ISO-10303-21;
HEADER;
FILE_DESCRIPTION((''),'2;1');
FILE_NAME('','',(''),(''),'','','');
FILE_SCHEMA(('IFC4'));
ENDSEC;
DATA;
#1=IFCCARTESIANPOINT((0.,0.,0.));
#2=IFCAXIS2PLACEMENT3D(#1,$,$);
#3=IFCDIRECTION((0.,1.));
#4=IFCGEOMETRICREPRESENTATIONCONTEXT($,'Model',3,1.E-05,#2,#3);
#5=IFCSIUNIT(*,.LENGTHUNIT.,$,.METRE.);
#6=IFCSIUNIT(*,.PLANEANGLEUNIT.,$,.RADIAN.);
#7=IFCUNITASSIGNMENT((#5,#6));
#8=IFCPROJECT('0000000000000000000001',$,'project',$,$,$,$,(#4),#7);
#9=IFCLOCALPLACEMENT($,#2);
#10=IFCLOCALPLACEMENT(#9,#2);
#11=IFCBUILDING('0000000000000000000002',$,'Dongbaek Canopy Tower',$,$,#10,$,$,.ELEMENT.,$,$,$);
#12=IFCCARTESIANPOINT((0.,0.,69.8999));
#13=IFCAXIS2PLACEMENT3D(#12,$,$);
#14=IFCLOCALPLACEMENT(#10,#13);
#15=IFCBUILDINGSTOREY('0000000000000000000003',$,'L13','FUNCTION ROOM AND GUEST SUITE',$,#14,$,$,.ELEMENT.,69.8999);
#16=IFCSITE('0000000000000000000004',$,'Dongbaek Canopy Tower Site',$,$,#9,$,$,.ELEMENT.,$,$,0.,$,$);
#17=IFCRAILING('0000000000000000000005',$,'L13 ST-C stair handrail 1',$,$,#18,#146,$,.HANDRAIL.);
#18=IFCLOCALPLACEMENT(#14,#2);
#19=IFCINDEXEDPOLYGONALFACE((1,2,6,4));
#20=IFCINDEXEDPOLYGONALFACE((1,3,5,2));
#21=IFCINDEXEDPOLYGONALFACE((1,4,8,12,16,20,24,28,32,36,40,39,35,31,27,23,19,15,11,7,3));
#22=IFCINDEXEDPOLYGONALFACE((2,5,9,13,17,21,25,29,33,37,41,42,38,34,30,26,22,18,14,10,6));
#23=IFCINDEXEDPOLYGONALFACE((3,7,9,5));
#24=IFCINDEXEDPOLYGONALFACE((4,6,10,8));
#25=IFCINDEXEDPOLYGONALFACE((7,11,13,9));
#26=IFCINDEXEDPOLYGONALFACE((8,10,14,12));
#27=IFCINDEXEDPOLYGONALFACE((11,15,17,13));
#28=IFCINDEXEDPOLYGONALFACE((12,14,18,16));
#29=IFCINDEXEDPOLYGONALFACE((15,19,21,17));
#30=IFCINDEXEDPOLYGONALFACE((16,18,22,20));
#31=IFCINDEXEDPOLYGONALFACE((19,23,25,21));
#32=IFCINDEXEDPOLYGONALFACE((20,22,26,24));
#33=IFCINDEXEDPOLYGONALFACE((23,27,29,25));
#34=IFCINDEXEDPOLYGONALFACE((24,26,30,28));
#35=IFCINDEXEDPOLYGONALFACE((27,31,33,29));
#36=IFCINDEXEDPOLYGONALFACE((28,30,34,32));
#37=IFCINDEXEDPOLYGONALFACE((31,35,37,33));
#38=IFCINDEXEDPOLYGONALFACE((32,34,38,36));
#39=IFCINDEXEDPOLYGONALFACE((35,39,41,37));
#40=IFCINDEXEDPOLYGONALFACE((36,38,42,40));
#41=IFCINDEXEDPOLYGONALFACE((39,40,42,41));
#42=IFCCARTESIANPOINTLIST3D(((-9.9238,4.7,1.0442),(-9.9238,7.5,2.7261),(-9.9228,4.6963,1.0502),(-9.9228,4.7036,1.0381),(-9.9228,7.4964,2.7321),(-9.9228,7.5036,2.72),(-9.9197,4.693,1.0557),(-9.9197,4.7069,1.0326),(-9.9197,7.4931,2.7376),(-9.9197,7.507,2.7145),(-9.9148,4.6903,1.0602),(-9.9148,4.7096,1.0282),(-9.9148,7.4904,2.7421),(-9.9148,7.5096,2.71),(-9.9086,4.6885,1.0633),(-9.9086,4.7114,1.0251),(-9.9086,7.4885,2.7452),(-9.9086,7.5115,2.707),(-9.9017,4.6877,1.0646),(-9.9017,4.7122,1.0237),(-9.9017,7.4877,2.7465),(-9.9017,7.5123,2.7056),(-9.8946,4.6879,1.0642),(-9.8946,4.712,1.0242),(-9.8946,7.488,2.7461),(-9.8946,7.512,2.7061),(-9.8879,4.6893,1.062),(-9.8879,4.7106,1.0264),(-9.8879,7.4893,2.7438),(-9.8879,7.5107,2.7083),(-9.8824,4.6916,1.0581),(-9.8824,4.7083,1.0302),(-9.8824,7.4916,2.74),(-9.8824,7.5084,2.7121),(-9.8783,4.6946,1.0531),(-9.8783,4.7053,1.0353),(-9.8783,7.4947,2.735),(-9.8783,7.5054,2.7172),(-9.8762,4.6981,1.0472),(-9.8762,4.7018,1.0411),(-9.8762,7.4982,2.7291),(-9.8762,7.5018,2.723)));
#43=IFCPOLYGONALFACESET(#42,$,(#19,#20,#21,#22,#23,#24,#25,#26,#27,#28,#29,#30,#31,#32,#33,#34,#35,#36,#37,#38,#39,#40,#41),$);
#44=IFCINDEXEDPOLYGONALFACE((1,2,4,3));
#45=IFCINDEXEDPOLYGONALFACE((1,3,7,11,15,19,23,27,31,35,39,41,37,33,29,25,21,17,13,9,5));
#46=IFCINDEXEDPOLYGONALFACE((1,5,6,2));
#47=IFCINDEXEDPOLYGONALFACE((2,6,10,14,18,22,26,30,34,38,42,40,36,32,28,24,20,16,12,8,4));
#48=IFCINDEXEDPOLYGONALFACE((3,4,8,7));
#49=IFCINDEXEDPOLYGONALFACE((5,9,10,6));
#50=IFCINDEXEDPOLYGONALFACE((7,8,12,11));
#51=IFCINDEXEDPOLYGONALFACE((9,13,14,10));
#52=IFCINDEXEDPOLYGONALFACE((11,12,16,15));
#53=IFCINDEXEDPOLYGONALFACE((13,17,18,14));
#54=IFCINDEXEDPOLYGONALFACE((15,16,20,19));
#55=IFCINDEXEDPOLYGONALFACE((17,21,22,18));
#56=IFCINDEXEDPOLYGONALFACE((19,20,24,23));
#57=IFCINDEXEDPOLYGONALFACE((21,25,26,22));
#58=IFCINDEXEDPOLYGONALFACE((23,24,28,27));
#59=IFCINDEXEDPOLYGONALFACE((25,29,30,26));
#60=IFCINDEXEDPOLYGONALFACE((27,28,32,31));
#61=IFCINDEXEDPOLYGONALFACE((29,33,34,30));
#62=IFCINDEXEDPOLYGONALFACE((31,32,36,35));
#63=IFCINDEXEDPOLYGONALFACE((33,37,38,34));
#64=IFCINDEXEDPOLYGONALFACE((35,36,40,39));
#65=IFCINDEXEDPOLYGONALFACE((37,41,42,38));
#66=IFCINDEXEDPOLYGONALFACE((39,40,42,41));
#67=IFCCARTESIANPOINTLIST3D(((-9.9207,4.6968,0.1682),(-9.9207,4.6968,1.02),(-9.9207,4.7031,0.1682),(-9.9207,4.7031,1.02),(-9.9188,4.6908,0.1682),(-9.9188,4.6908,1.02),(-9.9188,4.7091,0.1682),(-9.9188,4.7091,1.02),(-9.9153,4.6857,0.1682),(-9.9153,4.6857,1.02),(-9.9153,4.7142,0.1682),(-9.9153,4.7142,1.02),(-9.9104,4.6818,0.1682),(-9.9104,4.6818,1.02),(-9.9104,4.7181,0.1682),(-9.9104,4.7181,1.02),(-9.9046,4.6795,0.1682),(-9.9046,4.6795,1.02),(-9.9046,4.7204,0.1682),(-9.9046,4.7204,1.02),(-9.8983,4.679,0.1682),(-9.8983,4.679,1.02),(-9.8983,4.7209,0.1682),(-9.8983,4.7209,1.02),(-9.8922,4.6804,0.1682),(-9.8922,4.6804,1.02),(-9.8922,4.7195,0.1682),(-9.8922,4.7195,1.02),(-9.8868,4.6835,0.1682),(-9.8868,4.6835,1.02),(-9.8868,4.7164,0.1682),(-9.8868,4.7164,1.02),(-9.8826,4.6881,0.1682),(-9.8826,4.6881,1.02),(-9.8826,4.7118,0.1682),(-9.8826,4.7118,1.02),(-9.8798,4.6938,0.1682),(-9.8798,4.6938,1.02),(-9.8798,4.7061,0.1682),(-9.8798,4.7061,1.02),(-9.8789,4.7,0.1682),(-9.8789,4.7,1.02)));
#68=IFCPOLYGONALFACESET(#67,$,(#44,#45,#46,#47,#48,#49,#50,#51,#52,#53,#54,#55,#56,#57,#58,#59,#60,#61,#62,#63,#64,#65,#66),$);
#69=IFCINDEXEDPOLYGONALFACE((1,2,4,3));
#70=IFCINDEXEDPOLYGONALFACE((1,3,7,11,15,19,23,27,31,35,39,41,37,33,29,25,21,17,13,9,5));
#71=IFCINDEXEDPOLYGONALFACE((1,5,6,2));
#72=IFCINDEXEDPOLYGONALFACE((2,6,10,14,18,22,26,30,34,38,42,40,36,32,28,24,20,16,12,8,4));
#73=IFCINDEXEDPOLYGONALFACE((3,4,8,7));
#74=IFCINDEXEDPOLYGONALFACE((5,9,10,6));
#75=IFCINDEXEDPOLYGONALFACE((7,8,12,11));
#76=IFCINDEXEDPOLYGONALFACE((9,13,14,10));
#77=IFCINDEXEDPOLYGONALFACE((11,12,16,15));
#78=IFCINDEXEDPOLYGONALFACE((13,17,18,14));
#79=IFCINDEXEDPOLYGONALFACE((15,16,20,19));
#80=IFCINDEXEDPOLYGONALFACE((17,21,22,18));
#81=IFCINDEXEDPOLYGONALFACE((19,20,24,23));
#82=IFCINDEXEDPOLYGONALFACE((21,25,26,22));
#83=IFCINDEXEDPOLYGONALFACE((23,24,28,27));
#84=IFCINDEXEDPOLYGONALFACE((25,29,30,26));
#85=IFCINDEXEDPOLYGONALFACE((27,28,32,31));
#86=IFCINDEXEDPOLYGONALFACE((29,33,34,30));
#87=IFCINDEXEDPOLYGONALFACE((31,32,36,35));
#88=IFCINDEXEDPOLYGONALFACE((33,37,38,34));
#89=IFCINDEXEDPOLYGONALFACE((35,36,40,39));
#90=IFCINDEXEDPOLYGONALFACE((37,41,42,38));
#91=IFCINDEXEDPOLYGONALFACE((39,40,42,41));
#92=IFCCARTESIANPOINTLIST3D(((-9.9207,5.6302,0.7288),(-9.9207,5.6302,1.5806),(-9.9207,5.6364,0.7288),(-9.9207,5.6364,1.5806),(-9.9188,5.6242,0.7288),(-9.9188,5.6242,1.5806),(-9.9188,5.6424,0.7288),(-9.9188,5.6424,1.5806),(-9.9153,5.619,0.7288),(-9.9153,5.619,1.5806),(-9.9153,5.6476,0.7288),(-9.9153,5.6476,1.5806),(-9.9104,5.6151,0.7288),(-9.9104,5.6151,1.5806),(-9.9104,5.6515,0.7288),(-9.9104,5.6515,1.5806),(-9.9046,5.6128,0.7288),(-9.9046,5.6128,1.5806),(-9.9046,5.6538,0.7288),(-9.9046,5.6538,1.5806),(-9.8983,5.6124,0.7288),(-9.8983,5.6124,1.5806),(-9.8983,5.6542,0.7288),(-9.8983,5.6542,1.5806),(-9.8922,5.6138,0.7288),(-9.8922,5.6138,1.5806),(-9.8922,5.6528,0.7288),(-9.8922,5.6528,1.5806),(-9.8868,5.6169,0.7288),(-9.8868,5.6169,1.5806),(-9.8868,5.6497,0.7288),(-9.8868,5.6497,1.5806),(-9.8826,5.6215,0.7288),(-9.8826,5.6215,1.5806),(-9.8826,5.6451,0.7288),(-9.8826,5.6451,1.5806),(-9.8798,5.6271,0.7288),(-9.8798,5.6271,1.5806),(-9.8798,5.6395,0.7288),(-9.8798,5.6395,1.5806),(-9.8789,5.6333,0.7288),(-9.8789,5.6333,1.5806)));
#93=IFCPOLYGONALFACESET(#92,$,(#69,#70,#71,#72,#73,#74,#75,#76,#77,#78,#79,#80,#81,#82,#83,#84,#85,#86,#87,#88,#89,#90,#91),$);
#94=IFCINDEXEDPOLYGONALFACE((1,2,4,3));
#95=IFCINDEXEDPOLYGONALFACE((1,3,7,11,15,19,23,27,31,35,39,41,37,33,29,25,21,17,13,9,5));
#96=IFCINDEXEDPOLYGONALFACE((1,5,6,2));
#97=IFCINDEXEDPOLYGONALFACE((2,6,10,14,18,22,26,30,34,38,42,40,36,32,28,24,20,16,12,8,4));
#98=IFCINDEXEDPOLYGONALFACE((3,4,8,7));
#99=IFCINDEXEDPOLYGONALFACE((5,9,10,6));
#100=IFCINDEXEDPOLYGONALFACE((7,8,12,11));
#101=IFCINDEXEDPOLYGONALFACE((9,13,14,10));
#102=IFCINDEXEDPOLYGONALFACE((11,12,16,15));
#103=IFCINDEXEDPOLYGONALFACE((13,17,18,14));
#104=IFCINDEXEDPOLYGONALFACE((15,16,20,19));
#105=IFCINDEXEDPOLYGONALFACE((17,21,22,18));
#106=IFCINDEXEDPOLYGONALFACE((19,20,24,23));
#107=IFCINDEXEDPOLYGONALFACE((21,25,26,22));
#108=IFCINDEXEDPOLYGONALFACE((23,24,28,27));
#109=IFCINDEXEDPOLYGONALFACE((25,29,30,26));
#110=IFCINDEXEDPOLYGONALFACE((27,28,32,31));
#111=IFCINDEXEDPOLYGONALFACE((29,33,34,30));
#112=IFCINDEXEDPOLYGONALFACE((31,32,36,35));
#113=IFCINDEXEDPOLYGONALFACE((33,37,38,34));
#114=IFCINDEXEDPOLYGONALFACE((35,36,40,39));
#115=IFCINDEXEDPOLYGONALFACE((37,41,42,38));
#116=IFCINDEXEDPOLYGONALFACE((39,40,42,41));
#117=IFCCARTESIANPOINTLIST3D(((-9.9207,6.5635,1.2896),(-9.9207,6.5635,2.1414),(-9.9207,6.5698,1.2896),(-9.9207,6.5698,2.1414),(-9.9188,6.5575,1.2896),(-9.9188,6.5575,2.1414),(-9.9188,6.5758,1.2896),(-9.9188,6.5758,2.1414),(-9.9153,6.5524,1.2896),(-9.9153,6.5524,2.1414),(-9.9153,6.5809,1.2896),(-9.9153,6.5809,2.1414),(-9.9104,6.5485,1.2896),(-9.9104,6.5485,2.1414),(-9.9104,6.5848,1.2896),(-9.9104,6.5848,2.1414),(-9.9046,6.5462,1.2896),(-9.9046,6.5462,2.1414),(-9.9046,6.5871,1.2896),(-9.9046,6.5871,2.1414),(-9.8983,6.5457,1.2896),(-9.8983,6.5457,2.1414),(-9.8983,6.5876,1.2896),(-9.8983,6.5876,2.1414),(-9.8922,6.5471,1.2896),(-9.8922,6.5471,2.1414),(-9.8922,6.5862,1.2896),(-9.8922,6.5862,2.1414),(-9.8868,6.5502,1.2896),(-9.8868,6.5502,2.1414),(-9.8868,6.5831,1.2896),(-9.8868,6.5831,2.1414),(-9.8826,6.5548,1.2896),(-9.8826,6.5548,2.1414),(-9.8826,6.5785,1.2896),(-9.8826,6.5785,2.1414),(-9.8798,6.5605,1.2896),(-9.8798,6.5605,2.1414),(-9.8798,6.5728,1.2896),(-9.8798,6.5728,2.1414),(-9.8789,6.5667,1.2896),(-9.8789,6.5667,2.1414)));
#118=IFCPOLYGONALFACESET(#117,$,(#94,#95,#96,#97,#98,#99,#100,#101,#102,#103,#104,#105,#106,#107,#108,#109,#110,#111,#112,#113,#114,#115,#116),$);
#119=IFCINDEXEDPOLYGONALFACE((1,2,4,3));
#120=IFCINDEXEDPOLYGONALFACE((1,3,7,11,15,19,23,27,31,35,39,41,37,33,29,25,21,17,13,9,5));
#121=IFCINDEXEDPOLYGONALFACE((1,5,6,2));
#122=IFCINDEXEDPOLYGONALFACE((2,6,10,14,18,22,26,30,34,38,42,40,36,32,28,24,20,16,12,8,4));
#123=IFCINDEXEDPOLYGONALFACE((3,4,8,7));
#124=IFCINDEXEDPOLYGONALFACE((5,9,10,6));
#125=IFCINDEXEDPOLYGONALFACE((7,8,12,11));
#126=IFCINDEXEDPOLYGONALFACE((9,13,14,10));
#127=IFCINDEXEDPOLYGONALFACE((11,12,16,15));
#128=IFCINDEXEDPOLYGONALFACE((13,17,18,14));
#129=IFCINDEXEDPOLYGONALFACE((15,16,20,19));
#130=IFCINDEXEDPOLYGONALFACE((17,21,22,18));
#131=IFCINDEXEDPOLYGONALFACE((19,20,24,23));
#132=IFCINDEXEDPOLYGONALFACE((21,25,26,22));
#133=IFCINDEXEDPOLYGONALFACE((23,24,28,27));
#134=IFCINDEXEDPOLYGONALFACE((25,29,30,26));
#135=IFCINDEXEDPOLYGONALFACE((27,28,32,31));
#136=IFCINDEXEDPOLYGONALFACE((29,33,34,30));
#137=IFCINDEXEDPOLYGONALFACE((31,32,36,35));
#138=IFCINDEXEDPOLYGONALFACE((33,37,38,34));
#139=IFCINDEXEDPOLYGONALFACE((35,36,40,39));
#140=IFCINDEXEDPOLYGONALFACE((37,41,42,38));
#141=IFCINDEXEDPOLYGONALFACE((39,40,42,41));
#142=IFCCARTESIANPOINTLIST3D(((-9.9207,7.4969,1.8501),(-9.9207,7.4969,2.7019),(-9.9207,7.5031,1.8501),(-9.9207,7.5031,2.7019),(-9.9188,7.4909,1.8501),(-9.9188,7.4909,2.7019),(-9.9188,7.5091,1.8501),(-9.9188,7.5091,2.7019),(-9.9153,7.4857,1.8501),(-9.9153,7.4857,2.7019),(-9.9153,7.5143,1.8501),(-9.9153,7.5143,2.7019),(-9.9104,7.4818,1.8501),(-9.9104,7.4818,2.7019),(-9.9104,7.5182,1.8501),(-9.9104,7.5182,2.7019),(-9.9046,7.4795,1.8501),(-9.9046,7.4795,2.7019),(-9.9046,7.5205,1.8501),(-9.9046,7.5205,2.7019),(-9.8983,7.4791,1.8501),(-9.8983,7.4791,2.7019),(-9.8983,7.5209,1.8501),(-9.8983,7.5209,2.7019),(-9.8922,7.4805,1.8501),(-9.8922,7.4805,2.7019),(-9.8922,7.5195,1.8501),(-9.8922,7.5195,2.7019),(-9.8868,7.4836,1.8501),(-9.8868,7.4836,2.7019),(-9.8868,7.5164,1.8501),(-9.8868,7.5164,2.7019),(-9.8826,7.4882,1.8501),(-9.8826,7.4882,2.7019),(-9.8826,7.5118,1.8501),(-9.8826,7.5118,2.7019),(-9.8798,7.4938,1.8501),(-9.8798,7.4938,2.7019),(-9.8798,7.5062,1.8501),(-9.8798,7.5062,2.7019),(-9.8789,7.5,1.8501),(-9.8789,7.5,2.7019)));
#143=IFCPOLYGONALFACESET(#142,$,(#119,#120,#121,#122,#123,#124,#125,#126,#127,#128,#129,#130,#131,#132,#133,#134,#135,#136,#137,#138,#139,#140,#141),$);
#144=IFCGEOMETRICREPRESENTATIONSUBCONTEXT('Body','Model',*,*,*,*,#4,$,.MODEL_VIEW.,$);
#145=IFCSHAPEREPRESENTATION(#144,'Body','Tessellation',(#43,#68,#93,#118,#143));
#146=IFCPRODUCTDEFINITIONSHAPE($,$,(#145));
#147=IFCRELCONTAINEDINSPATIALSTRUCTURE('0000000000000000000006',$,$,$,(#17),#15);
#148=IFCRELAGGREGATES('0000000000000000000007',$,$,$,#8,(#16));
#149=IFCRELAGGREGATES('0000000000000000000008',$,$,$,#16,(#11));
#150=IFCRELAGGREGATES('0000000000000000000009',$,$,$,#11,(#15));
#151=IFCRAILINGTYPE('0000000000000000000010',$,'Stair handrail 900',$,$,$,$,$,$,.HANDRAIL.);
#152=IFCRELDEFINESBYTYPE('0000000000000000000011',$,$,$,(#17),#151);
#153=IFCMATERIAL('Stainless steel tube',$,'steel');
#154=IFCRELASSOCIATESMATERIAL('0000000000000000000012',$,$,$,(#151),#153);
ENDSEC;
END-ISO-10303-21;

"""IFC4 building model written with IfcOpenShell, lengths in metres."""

from ifc_helpers import new_model, si_unit, direction, frame, origin, origin_2d, place, context, subcontext, project, spatial, circle, extrude, material, type_object, element, save


model = new_model("IFC4")

# Units and contexts
model_context = context("Model", 3, precision=1e-05, world=origin(), true_north=direction((0.0, 1.0)))
body_context = subcontext(model_context, "Body", "Model", "MODEL_VIEW")
ifc_project = project(units=[si_unit("LENGTHUNIT", "METRE"), si_unit("PLANEANGLEUNIT", "RADIAN")], contexts=[model_context])

# Site, building, storey
site_placement = place(None, origin())
site = spatial("IfcSite", under=ifc_project, at=site_placement, Name="Dongbaek Canopy Tower Site", CompositionType="ELEMENT", RefElevation=0.0)
building_placement = place(site_placement, origin())
building = spatial("IfcBuilding", under=site, at=building_placement, Name="Dongbaek Canopy Tower", CompositionType="ELEMENT")
storey_placement = place(building_placement, frame((0.0, 0.0, 69.8999)))
storey = spatial("IfcBuildingStorey", under=building, at=storey_placement, Name="L13", Description="FUNCTION ROOM AND GUEST SUITE", CompositionType="ELEMENT", Elevation=69.8999)

# Railing
ifc_material_1 = material(Name="Stainless steel tube", Category="steel")
railing_type_1 = type_object("IfcRailingType", Name="Stair handrail 900", PredefinedType="HANDRAIL", material=ifc_material_1)
railing_1_placement = place(storey_placement, frame((-9.8999, 4.7, 0.1682)))
element("IfcRailing", 1, at=railing_1_placement, inside=storey, type_object=railing_type_1, Name="L13 ST-C stair handrail 1", PredefinedType="HANDRAIL", context=body_context, shape_type="SweptSolid", body=[
    extrude(circle(Radius=0.0239, at=origin_2d()), frame((0.0, 0.0, 0.876), z_axis=(0.0, 0.857242, 0.514913), x_axis=(-1.0, 0.0, 0.0)), (0.0, 0.0, 1.0), 3.2664),
    extrude(circle(Radius=0.021, at=origin_2d()), origin(), (0.0, 0.0, 1.0), 0.8518),
    extrude(circle(Radius=0.021, at=origin_2d()), frame((0.0, 0.9333, 0.5605)), (0.0, 0.0, 1.0), 0.8518),
    extrude(circle(Radius=0.021, at=origin_2d()), frame((0.0, 1.8667, 1.1213)), (0.0, 0.0, 1.0), 0.8518),
    extrude(circle(Radius=0.021, at=origin_2d()), frame((0.0, 2.8, 1.6819)), (0.0, 0.0, 1.0), 0.8518),
])

save(model, "model.ifc")
